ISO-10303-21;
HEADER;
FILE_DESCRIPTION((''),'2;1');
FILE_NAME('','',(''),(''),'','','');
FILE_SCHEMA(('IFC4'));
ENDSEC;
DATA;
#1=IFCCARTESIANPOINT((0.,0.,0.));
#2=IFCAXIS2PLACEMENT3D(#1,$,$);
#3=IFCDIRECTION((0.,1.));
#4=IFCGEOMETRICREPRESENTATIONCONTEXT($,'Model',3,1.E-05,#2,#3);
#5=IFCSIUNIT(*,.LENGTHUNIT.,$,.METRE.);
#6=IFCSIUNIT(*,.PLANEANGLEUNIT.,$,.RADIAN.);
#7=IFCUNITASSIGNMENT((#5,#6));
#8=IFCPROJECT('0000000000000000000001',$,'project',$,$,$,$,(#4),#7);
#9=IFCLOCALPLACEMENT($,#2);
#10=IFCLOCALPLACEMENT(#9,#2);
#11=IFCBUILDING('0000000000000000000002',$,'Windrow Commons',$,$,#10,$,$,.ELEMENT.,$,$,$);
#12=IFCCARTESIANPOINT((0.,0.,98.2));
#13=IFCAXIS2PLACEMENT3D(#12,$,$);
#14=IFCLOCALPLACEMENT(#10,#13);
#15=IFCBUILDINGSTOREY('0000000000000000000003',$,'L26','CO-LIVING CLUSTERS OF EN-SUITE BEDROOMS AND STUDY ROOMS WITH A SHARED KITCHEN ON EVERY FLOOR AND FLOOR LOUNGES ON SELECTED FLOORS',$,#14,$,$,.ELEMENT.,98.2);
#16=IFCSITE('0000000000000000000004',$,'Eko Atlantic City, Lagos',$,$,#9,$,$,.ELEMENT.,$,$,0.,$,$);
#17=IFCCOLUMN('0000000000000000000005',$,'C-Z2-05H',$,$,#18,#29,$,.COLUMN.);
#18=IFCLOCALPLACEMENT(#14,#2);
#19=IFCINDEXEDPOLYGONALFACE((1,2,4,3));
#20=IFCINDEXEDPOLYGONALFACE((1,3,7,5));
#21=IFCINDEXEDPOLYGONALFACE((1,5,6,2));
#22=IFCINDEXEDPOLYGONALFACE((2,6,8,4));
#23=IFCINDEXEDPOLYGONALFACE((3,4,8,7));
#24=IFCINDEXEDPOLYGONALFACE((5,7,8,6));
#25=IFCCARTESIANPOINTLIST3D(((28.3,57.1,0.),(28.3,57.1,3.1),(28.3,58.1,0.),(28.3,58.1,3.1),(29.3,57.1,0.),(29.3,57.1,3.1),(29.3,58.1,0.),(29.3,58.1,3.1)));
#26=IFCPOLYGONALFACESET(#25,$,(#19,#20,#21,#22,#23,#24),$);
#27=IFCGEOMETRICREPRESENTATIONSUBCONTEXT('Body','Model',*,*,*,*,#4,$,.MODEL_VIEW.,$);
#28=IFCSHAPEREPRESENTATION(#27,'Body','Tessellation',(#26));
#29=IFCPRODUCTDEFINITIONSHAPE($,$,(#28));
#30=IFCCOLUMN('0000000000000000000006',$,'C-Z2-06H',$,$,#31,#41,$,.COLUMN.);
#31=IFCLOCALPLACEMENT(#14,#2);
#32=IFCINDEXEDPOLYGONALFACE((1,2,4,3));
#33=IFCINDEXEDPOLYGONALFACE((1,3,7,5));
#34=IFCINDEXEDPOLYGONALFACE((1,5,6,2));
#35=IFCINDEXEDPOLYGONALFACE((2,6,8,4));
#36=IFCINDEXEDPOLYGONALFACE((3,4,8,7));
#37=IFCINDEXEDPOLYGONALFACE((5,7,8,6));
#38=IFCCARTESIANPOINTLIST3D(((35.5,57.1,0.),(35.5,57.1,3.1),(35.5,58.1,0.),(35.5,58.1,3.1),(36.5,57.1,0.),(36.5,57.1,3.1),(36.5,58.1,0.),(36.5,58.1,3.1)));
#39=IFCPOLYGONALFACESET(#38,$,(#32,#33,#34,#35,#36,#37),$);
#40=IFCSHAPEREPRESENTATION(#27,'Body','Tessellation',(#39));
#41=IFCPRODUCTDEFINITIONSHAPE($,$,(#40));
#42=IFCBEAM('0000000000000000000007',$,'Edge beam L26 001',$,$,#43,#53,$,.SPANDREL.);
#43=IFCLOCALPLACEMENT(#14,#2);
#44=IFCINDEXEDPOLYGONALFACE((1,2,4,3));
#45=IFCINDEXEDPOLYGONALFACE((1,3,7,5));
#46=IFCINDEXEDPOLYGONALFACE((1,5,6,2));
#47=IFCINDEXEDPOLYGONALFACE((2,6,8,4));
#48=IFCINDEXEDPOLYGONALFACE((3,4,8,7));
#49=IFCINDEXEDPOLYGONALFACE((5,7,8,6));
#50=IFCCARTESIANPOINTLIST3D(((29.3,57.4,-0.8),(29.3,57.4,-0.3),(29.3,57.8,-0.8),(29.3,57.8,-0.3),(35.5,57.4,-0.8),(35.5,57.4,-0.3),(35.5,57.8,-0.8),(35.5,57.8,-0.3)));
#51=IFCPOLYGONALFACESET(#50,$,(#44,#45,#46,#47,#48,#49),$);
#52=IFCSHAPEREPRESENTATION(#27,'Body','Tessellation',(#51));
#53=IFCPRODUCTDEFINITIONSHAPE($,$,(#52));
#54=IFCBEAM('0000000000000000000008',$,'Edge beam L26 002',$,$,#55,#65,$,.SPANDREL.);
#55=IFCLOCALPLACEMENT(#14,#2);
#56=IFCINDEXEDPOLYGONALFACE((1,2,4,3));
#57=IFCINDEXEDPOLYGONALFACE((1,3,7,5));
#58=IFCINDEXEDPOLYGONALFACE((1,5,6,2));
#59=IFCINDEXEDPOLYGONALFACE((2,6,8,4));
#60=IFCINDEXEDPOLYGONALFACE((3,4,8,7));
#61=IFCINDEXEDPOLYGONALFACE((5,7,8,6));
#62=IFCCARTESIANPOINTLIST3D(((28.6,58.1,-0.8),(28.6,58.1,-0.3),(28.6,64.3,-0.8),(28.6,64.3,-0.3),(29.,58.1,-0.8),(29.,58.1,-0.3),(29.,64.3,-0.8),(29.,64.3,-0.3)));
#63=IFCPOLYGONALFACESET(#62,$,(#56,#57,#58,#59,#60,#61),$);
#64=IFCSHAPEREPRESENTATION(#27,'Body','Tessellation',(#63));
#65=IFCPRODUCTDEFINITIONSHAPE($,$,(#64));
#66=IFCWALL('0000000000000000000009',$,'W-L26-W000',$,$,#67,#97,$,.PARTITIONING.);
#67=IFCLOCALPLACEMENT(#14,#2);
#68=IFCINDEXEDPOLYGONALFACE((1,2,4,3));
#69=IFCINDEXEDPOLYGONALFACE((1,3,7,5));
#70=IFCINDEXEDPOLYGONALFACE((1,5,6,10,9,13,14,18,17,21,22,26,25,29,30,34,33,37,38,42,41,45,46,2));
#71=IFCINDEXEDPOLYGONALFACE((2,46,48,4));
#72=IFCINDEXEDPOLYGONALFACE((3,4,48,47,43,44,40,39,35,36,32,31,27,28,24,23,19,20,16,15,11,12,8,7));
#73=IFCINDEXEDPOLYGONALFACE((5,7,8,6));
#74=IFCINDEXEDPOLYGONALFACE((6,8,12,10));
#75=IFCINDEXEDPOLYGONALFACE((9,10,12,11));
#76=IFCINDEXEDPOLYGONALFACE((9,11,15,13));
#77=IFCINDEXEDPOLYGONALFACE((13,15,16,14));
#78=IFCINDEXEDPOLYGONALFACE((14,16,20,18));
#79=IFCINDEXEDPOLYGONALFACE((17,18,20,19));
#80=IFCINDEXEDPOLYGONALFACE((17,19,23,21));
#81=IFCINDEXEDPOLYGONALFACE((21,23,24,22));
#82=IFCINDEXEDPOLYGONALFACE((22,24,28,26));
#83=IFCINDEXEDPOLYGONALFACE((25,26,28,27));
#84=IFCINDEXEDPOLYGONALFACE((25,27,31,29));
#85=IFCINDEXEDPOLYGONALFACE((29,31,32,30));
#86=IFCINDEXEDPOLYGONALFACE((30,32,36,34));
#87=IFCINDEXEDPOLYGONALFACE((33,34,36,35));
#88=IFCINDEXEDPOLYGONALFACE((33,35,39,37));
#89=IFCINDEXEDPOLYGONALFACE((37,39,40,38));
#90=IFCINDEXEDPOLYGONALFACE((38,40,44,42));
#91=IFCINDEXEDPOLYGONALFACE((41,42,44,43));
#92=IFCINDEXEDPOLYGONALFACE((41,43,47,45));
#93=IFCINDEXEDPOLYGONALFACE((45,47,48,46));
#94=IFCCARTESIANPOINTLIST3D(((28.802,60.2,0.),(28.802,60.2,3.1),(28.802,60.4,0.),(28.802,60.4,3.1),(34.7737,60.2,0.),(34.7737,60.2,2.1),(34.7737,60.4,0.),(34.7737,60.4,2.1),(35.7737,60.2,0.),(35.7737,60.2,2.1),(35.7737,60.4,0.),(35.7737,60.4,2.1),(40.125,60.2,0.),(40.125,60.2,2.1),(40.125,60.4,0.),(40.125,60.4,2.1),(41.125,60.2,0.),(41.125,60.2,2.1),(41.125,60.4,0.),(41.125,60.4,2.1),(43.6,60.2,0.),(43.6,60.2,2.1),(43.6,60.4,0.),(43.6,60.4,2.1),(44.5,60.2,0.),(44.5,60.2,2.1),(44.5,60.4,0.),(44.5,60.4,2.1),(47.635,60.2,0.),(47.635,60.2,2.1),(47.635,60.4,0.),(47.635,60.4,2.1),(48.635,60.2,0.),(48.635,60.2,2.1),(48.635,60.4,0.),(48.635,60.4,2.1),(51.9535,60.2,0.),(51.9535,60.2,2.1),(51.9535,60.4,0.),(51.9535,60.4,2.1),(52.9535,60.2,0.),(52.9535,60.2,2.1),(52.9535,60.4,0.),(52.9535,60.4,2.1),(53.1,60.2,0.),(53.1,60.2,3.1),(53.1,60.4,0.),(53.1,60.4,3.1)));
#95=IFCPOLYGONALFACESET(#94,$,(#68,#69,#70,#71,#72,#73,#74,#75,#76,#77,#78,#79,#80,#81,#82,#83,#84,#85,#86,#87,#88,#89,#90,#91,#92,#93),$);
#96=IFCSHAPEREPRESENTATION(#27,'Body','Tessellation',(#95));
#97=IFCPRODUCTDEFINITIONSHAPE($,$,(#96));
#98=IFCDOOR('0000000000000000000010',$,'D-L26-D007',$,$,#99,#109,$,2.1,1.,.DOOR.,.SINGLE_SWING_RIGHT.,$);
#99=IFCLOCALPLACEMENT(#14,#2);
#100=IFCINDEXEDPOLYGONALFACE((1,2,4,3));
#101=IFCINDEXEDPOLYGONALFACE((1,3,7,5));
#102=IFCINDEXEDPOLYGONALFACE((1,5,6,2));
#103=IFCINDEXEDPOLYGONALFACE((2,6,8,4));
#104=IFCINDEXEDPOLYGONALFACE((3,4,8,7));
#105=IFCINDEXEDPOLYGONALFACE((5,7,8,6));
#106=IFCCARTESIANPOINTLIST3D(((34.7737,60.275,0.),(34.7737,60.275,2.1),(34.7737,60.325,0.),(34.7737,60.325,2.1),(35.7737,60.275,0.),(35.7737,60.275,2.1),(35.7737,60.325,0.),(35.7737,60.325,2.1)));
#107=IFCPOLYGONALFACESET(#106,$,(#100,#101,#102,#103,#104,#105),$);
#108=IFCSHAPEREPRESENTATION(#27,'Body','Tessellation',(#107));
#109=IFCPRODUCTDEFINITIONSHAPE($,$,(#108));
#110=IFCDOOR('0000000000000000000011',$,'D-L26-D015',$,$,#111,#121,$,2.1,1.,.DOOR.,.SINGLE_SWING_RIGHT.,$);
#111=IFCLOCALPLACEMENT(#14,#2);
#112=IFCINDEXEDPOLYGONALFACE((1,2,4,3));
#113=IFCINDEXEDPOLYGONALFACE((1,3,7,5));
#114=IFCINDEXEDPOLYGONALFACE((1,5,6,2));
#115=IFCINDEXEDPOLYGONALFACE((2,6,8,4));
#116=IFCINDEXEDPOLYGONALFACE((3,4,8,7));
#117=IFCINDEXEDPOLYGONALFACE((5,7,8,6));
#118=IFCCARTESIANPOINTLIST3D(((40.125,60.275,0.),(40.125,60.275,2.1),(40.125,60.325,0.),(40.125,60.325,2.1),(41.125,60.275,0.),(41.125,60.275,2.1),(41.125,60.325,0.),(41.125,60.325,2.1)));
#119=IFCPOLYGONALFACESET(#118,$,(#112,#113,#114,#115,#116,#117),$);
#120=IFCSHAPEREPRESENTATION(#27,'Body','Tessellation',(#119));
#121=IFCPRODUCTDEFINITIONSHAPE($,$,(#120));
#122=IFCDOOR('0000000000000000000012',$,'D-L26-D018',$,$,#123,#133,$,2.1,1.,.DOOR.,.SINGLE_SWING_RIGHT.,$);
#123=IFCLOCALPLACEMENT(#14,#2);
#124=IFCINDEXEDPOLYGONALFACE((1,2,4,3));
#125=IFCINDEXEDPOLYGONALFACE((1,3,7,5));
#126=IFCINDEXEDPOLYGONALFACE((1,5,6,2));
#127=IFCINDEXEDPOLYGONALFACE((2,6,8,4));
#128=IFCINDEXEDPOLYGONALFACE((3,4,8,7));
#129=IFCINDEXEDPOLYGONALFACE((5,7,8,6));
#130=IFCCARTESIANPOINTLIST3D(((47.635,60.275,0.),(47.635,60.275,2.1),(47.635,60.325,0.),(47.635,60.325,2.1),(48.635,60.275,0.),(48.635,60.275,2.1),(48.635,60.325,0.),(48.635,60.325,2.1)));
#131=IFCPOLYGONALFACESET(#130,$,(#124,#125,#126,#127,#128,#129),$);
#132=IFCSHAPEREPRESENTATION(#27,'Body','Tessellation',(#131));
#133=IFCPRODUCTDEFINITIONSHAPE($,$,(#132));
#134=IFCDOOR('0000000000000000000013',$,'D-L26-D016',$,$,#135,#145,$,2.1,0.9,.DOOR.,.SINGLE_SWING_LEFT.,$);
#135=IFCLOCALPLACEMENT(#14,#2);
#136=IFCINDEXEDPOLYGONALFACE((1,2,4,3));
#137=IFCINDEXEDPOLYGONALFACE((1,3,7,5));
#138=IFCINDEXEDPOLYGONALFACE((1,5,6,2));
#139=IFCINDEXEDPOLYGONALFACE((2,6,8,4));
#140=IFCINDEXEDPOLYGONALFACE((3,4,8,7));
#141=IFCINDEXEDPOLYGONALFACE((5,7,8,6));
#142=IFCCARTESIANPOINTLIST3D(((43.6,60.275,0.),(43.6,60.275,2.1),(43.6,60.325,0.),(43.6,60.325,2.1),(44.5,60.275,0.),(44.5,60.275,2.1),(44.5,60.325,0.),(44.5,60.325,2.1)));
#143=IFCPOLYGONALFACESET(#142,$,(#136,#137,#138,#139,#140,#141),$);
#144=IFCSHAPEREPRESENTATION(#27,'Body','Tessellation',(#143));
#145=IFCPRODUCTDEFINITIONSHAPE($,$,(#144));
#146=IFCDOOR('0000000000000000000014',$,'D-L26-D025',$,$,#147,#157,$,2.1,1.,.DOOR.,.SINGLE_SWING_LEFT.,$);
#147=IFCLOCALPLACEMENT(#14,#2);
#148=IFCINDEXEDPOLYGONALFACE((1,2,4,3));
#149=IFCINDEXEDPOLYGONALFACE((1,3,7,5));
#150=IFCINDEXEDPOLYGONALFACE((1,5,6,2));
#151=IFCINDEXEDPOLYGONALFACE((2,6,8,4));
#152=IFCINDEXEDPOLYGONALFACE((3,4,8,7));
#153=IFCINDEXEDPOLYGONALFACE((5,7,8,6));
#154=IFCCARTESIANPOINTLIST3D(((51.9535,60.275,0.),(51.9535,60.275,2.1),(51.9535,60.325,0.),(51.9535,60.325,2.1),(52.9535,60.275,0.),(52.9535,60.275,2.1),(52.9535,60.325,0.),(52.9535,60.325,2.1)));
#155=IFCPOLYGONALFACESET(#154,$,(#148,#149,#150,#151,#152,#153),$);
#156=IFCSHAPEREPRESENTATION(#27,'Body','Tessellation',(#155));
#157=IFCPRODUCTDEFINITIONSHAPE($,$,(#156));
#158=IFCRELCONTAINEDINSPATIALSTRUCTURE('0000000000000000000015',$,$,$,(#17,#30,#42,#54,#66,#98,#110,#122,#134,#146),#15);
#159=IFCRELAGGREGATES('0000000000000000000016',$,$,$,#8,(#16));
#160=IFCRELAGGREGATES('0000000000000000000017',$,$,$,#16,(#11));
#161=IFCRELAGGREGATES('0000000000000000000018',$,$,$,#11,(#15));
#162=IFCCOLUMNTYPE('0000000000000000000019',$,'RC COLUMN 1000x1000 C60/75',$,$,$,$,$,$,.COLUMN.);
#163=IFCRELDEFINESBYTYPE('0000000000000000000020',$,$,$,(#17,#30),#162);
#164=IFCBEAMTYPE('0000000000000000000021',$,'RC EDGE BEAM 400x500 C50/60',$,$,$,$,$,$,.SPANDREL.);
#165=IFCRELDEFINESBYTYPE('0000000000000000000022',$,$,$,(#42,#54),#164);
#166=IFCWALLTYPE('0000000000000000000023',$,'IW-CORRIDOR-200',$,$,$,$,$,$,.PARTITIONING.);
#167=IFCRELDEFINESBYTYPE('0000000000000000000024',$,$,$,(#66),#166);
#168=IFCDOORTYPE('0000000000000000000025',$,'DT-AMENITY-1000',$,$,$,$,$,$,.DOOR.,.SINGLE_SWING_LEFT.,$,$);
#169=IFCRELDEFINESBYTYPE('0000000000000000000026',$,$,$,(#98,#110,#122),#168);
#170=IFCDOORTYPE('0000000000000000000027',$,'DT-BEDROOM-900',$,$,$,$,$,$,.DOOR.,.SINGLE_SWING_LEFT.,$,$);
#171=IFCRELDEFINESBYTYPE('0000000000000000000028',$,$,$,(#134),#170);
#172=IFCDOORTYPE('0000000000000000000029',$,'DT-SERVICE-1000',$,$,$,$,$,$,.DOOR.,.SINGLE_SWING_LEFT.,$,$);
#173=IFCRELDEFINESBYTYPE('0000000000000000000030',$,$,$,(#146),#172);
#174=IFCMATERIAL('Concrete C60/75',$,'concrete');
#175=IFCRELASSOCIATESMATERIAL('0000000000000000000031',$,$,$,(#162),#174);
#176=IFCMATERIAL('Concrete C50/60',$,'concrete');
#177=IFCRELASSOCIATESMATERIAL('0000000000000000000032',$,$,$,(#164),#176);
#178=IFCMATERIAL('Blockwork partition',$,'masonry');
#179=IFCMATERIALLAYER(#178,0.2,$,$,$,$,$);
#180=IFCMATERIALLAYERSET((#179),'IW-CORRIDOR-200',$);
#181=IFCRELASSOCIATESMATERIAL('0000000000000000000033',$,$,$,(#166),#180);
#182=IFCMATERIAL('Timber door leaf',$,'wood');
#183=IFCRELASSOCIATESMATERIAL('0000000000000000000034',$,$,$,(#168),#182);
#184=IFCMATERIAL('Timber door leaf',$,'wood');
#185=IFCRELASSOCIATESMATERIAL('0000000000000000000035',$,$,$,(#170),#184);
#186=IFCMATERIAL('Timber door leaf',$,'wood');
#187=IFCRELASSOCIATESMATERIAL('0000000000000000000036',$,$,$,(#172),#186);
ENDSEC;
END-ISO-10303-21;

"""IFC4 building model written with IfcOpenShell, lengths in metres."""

from ifc_helpers import new_model, si_unit, direction, frame, frame_2d, origin, origin_2d, place, context, subcontext, project, spatial, rectangle, extrude, material, layer, layer_set, material_profile, profile_set, type_object, element, fill, save


model = new_model("IFC4")

# Units and contexts
model_context = context("Model", 3, precision=1e-05, world=origin(), true_north=direction((0.0, 1.0)))
body_context = subcontext(model_context, "Body", "Model", "MODEL_VIEW")
ifc_project = project(units=[si_unit("LENGTHUNIT", "METRE"), si_unit("PLANEANGLEUNIT", "RADIAN")], contexts=[model_context])

# Site, building, storey
site_placement = place(None, origin())
site = spatial("IfcSite", under=ifc_project, at=site_placement, Name="Eko Atlantic City, Lagos", CompositionType="ELEMENT", RefElevation=0.0)
building_placement = place(site_placement, origin())
building = spatial("IfcBuilding", under=site, at=building_placement, Name="Windrow Commons", CompositionType="ELEMENT")
storey_placement = place(building_placement, frame((0.0, 0.0, 98.2)))
storey = spatial("IfcBuildingStorey", under=building, at=storey_placement, Name="L26", Description="CO-LIVING CLUSTERS OF EN-SUITE BEDROOMS AND STUDY ROOMS WITH A SHARED KITCHEN ON EVERY FLOOR AND FLOOR LOUNGES ON SELECTED FLOORS", CompositionType="ELEMENT", Elevation=98.2)

# Columns
ifc_material_1 = material(Name="Concrete C60/75", Category="concrete")
ifc_material_profile_1 = material_profile(ifc_material_1, rectangle(XDim=1.0, YDim=1.0, at=origin_2d()))
ifc_profile_set_1 = profile_set([ifc_material_profile_1], Name="Concrete C60/75")
column_type = type_object("IfcColumnType", Name="RC COLUMN 1000x1000 C60/75", PredefinedType="COLUMN", material=ifc_profile_set_1)
for number, where, z_axis, x_axis, name in (
    (1, (28.8, 57.6, 0.0), (0.0, 0.0, 1.0), (1.0, 0.0, 0.0), "C-Z2-05H"),
    (2, (36.0, 57.6, 0.0), (0.0, 0.0, 1.0), (1.0, 0.0, 0.0), "C-Z2-06H"),
):
    element("IfcColumn", number, at=place(storey_placement, frame(where, z_axis=z_axis, x_axis=x_axis)), inside=storey, type_object=column_type, Name=name, PredefinedType="COLUMN", context=body_context, shape_type="SweptSolid", body=[
        extrude(rectangle(XDim=1.0, YDim=1.0, at=origin_2d()), origin(), (0.0, 0.0, 1.0), 3.1),
    ])

# Beams
ifc_material_2 = material(Name="Concrete C50/60", Category="concrete")
ifc_material_profile_2 = material_profile(ifc_material_2, rectangle(XDim=0.4, YDim=0.5, at=origin_2d()))
ifc_profile_set_2 = profile_set([ifc_material_profile_2], Name="Concrete C50/60")
beam_type = type_object("IfcBeamType", Name="RC EDGE BEAM 400x500 C50/60", PredefinedType="SPANDREL", material=ifc_profile_set_2)
for number, where, z_axis, x_axis, name in (
    (3, (35.5, 57.6, -0.55), (-1.0, 0.0, 0.0), (0.0, -1.0, 0.0), "Edge beam L26 001"),
    (4, (28.8, 58.1, -0.55), (0.0, 1.0, 0.0), (-1.0, 0.0, 0.0), "Edge beam L26 002"),
):
    element("IfcBeam", number, at=place(storey_placement, frame(where, z_axis=z_axis, x_axis=x_axis)), inside=storey, type_object=beam_type, Name=name, PredefinedType="SPANDREL", context=body_context, shape_type="SweptSolid", body=[
        extrude(rectangle(XDim=0.4, YDim=0.5, at=origin_2d()), origin(), (0.0, 0.0, 1.0), 6.2),
    ])

# Wall, openings, doors
ifc_material_3 = material(Name="Blockwork partition", Category="masonry")
ifc_layer_1 = layer(ifc_material_3, 0.2)
ifc_layer_set_1 = layer_set([ifc_layer_1], Name="IW-CORRIDOR-200")
wall_type_1 = type_object("IfcWallType", Name="IW-CORRIDOR-200", PredefinedType="PARTITIONING", material=ifc_layer_set_1)
wall_1_placement = place(storey_placement, frame((28.802, 60.3, 0.0), z_axis=(0.0, 0.0, 1.0), x_axis=(1.0, 0.0, 0.0)))
wall_1 = element("IfcWall", 5, at=wall_1_placement, inside=storey, type_object=wall_type_1, Name="W-L26-W000", PredefinedType="PARTITIONING", context=body_context, shape_type="SweptSolid", body=[
    extrude(rectangle(XDim=24.298, YDim=0.2, at=frame_2d((12.149, 0.0))), origin(), (0.0, 0.0, 1.0), 3.1),
])
opening_1_placement = place(wall_1_placement, frame((5.9717, 0.0, 0.0)))
opening_1 = element("IfcOpeningElement", 6, at=opening_1_placement, cuts=wall_1, PredefinedType="OPENING", context=body_context, shape_type="SweptSolid", body=[
    extrude(rectangle(XDim=1.0, YDim=2.1, at=frame_2d((0.5, 1.05))), frame((0.0, 0.11, 0.0), z_axis=(0.0, -1.0, 0.0), x_axis=(1.0, 0.0, 0.0)), (0.0, 0.0, 1.0), 0.22),
])
opening_2_placement = place(wall_1_placement, frame((11.323, 0.0, 0.0)))
opening_2 = element("IfcOpeningElement", 7, at=opening_2_placement, cuts=wall_1, PredefinedType="OPENING", context=body_context, shape_type="SweptSolid", body=[
    extrude(rectangle(XDim=1.0, YDim=2.1, at=frame_2d((0.5, 1.05))), frame((0.0, 0.11, 0.0), z_axis=(0.0, -1.0, 0.0), x_axis=(1.0, 0.0, 0.0)), (0.0, 0.0, 1.0), 0.22),
])
opening_3_placement = place(wall_1_placement, frame((14.798, 0.0, 0.0)))
opening_3 = element("IfcOpeningElement", 8, at=opening_3_placement, cuts=wall_1, PredefinedType="OPENING", context=body_context, shape_type="SweptSolid", body=[
    extrude(rectangle(XDim=0.9, YDim=2.1, at=frame_2d((0.45, 1.05))), frame((0.0, 0.11, 0.0), z_axis=(0.0, -1.0, 0.0), x_axis=(1.0, 0.0, 0.0)), (0.0, 0.0, 1.0), 0.22),
])
opening_4_placement = place(wall_1_placement, frame((18.833, 0.0, 0.0)))
opening_4 = element("IfcOpeningElement", 9, at=opening_4_placement, cuts=wall_1, PredefinedType="OPENING", context=body_context, shape_type="SweptSolid", body=[
    extrude(rectangle(XDim=1.0, YDim=2.1, at=frame_2d((0.5, 1.05))), frame((0.0, 0.11, 0.0), z_axis=(0.0, -1.0, 0.0), x_axis=(1.0, 0.0, 0.0)), (0.0, 0.0, 1.0), 0.22),
])
opening_5_placement = place(wall_1_placement, frame((23.1515, 0.0, 0.0)))
opening_5 = element("IfcOpeningElement", 10, at=opening_5_placement, cuts=wall_1, PredefinedType="OPENING", context=body_context, shape_type="SweptSolid", body=[
    extrude(rectangle(XDim=1.0, YDim=2.1, at=frame_2d((0.5, 1.05))), frame((0.0, 0.11, 0.0), z_axis=(0.0, -1.0, 0.0), x_axis=(1.0, 0.0, 0.0)), (0.0, 0.0, 1.0), 0.22),
])
ifc_material_4 = material(Name="Timber door leaf", Category="wood")
door_type_1 = type_object("IfcDoorType", Name="DT-AMENITY-1000", OperationType="SINGLE_SWING_LEFT", PredefinedType="DOOR", material=ifc_material_4)
door_1_placement = place(opening_1_placement, origin())
door_1 = element("IfcDoor", 11, at=door_1_placement, inside=storey, type_object=door_type_1, Name="D-L26-D007", OperationType="SINGLE_SWING_RIGHT", OverallHeight=2.1, OverallWidth=1.0, PredefinedType="DOOR", context=body_context, shape_type="SweptSolid", body=[
    extrude(rectangle(XDim=1.0, YDim=2.1, at=frame_2d((0.5, 1.05))), frame((0.0, 0.025, 0.0), z_axis=(0.0, -1.0, 0.0), x_axis=(1.0, 0.0, 0.0)), (0.0, 0.0, 1.0), 0.05),
])
fill(opening_1, door_1)
door_2_placement = place(opening_2_placement, origin())
door_2 = element("IfcDoor", 12, at=door_2_placement, inside=storey, type_object=door_type_1, Name="D-L26-D015", OperationType="SINGLE_SWING_RIGHT", OverallHeight=2.1, OverallWidth=1.0, PredefinedType="DOOR", context=body_context, shape_type="SweptSolid", body=[
    extrude(rectangle(XDim=1.0, YDim=2.1, at=frame_2d((0.5, 1.05))), frame((0.0, 0.025, 0.0), z_axis=(0.0, -1.0, 0.0), x_axis=(1.0, 0.0, 0.0)), (0.0, 0.0, 1.0), 0.05),
])
fill(opening_2, door_2)
door_3_placement = place(opening_4_placement, origin())
door_3 = element("IfcDoor", 13, at=door_3_placement, inside=storey, type_object=door_type_1, Name="D-L26-D018", OperationType="SINGLE_SWING_RIGHT", OverallHeight=2.1, OverallWidth=1.0, PredefinedType="DOOR", context=body_context, shape_type="SweptSolid", body=[
    extrude(rectangle(XDim=1.0, YDim=2.1, at=frame_2d((0.5, 1.05))), frame((0.0, 0.025, 0.0), z_axis=(0.0, -1.0, 0.0), x_axis=(1.0, 0.0, 0.0)), (0.0, 0.0, 1.0), 0.05),
])
fill(opening_4, door_3)
ifc_material_5 = material(Name="Timber door leaf", Category="wood")
door_type_2 = type_object("IfcDoorType", Name="DT-BEDROOM-900", OperationType="SINGLE_SWING_LEFT", PredefinedType="DOOR", material=ifc_material_5)
door_4_placement = place(opening_3_placement, origin())
door_4 = element("IfcDoor", 14, at=door_4_placement, inside=storey, type_object=door_type_2, Name="D-L26-D016", OperationType="SINGLE_SWING_LEFT", OverallHeight=2.1, OverallWidth=0.9, PredefinedType="DOOR", context=body_context, shape_type="SweptSolid", body=[
    extrude(rectangle(XDim=0.9, YDim=2.1, at=frame_2d((0.45, 1.05))), frame((0.0, 0.025, 0.0), z_axis=(0.0, -1.0, 0.0), x_axis=(1.0, 0.0, 0.0)), (0.0, 0.0, 1.0), 0.05),
])
fill(opening_3, door_4)
ifc_material_6 = material(Name="Timber door leaf", Category="wood")
door_type_3 = type_object("IfcDoorType", Name="DT-SERVICE-1000", OperationType="SINGLE_SWING_LEFT", PredefinedType="DOOR", material=ifc_material_6)
door_5_placement = place(opening_5_placement, origin())
door_5 = element("IfcDoor", 15, at=door_5_placement, inside=storey, type_object=door_type_3, Name="D-L26-D025", OperationType="SINGLE_SWING_LEFT", OverallHeight=2.1, OverallWidth=1.0, PredefinedType="DOOR", context=body_context, shape_type="SweptSolid", body=[
    extrude(rectangle(XDim=1.0, YDim=2.1, at=frame_2d((0.5, 1.05))), frame((0.0, 0.025, 0.0), z_axis=(0.0, -1.0, 0.0), x_axis=(1.0, 0.0, 0.0)), (0.0, 0.0, 1.0), 0.05),
])
fill(opening_5, door_5)

save(model, "model.ifc")
